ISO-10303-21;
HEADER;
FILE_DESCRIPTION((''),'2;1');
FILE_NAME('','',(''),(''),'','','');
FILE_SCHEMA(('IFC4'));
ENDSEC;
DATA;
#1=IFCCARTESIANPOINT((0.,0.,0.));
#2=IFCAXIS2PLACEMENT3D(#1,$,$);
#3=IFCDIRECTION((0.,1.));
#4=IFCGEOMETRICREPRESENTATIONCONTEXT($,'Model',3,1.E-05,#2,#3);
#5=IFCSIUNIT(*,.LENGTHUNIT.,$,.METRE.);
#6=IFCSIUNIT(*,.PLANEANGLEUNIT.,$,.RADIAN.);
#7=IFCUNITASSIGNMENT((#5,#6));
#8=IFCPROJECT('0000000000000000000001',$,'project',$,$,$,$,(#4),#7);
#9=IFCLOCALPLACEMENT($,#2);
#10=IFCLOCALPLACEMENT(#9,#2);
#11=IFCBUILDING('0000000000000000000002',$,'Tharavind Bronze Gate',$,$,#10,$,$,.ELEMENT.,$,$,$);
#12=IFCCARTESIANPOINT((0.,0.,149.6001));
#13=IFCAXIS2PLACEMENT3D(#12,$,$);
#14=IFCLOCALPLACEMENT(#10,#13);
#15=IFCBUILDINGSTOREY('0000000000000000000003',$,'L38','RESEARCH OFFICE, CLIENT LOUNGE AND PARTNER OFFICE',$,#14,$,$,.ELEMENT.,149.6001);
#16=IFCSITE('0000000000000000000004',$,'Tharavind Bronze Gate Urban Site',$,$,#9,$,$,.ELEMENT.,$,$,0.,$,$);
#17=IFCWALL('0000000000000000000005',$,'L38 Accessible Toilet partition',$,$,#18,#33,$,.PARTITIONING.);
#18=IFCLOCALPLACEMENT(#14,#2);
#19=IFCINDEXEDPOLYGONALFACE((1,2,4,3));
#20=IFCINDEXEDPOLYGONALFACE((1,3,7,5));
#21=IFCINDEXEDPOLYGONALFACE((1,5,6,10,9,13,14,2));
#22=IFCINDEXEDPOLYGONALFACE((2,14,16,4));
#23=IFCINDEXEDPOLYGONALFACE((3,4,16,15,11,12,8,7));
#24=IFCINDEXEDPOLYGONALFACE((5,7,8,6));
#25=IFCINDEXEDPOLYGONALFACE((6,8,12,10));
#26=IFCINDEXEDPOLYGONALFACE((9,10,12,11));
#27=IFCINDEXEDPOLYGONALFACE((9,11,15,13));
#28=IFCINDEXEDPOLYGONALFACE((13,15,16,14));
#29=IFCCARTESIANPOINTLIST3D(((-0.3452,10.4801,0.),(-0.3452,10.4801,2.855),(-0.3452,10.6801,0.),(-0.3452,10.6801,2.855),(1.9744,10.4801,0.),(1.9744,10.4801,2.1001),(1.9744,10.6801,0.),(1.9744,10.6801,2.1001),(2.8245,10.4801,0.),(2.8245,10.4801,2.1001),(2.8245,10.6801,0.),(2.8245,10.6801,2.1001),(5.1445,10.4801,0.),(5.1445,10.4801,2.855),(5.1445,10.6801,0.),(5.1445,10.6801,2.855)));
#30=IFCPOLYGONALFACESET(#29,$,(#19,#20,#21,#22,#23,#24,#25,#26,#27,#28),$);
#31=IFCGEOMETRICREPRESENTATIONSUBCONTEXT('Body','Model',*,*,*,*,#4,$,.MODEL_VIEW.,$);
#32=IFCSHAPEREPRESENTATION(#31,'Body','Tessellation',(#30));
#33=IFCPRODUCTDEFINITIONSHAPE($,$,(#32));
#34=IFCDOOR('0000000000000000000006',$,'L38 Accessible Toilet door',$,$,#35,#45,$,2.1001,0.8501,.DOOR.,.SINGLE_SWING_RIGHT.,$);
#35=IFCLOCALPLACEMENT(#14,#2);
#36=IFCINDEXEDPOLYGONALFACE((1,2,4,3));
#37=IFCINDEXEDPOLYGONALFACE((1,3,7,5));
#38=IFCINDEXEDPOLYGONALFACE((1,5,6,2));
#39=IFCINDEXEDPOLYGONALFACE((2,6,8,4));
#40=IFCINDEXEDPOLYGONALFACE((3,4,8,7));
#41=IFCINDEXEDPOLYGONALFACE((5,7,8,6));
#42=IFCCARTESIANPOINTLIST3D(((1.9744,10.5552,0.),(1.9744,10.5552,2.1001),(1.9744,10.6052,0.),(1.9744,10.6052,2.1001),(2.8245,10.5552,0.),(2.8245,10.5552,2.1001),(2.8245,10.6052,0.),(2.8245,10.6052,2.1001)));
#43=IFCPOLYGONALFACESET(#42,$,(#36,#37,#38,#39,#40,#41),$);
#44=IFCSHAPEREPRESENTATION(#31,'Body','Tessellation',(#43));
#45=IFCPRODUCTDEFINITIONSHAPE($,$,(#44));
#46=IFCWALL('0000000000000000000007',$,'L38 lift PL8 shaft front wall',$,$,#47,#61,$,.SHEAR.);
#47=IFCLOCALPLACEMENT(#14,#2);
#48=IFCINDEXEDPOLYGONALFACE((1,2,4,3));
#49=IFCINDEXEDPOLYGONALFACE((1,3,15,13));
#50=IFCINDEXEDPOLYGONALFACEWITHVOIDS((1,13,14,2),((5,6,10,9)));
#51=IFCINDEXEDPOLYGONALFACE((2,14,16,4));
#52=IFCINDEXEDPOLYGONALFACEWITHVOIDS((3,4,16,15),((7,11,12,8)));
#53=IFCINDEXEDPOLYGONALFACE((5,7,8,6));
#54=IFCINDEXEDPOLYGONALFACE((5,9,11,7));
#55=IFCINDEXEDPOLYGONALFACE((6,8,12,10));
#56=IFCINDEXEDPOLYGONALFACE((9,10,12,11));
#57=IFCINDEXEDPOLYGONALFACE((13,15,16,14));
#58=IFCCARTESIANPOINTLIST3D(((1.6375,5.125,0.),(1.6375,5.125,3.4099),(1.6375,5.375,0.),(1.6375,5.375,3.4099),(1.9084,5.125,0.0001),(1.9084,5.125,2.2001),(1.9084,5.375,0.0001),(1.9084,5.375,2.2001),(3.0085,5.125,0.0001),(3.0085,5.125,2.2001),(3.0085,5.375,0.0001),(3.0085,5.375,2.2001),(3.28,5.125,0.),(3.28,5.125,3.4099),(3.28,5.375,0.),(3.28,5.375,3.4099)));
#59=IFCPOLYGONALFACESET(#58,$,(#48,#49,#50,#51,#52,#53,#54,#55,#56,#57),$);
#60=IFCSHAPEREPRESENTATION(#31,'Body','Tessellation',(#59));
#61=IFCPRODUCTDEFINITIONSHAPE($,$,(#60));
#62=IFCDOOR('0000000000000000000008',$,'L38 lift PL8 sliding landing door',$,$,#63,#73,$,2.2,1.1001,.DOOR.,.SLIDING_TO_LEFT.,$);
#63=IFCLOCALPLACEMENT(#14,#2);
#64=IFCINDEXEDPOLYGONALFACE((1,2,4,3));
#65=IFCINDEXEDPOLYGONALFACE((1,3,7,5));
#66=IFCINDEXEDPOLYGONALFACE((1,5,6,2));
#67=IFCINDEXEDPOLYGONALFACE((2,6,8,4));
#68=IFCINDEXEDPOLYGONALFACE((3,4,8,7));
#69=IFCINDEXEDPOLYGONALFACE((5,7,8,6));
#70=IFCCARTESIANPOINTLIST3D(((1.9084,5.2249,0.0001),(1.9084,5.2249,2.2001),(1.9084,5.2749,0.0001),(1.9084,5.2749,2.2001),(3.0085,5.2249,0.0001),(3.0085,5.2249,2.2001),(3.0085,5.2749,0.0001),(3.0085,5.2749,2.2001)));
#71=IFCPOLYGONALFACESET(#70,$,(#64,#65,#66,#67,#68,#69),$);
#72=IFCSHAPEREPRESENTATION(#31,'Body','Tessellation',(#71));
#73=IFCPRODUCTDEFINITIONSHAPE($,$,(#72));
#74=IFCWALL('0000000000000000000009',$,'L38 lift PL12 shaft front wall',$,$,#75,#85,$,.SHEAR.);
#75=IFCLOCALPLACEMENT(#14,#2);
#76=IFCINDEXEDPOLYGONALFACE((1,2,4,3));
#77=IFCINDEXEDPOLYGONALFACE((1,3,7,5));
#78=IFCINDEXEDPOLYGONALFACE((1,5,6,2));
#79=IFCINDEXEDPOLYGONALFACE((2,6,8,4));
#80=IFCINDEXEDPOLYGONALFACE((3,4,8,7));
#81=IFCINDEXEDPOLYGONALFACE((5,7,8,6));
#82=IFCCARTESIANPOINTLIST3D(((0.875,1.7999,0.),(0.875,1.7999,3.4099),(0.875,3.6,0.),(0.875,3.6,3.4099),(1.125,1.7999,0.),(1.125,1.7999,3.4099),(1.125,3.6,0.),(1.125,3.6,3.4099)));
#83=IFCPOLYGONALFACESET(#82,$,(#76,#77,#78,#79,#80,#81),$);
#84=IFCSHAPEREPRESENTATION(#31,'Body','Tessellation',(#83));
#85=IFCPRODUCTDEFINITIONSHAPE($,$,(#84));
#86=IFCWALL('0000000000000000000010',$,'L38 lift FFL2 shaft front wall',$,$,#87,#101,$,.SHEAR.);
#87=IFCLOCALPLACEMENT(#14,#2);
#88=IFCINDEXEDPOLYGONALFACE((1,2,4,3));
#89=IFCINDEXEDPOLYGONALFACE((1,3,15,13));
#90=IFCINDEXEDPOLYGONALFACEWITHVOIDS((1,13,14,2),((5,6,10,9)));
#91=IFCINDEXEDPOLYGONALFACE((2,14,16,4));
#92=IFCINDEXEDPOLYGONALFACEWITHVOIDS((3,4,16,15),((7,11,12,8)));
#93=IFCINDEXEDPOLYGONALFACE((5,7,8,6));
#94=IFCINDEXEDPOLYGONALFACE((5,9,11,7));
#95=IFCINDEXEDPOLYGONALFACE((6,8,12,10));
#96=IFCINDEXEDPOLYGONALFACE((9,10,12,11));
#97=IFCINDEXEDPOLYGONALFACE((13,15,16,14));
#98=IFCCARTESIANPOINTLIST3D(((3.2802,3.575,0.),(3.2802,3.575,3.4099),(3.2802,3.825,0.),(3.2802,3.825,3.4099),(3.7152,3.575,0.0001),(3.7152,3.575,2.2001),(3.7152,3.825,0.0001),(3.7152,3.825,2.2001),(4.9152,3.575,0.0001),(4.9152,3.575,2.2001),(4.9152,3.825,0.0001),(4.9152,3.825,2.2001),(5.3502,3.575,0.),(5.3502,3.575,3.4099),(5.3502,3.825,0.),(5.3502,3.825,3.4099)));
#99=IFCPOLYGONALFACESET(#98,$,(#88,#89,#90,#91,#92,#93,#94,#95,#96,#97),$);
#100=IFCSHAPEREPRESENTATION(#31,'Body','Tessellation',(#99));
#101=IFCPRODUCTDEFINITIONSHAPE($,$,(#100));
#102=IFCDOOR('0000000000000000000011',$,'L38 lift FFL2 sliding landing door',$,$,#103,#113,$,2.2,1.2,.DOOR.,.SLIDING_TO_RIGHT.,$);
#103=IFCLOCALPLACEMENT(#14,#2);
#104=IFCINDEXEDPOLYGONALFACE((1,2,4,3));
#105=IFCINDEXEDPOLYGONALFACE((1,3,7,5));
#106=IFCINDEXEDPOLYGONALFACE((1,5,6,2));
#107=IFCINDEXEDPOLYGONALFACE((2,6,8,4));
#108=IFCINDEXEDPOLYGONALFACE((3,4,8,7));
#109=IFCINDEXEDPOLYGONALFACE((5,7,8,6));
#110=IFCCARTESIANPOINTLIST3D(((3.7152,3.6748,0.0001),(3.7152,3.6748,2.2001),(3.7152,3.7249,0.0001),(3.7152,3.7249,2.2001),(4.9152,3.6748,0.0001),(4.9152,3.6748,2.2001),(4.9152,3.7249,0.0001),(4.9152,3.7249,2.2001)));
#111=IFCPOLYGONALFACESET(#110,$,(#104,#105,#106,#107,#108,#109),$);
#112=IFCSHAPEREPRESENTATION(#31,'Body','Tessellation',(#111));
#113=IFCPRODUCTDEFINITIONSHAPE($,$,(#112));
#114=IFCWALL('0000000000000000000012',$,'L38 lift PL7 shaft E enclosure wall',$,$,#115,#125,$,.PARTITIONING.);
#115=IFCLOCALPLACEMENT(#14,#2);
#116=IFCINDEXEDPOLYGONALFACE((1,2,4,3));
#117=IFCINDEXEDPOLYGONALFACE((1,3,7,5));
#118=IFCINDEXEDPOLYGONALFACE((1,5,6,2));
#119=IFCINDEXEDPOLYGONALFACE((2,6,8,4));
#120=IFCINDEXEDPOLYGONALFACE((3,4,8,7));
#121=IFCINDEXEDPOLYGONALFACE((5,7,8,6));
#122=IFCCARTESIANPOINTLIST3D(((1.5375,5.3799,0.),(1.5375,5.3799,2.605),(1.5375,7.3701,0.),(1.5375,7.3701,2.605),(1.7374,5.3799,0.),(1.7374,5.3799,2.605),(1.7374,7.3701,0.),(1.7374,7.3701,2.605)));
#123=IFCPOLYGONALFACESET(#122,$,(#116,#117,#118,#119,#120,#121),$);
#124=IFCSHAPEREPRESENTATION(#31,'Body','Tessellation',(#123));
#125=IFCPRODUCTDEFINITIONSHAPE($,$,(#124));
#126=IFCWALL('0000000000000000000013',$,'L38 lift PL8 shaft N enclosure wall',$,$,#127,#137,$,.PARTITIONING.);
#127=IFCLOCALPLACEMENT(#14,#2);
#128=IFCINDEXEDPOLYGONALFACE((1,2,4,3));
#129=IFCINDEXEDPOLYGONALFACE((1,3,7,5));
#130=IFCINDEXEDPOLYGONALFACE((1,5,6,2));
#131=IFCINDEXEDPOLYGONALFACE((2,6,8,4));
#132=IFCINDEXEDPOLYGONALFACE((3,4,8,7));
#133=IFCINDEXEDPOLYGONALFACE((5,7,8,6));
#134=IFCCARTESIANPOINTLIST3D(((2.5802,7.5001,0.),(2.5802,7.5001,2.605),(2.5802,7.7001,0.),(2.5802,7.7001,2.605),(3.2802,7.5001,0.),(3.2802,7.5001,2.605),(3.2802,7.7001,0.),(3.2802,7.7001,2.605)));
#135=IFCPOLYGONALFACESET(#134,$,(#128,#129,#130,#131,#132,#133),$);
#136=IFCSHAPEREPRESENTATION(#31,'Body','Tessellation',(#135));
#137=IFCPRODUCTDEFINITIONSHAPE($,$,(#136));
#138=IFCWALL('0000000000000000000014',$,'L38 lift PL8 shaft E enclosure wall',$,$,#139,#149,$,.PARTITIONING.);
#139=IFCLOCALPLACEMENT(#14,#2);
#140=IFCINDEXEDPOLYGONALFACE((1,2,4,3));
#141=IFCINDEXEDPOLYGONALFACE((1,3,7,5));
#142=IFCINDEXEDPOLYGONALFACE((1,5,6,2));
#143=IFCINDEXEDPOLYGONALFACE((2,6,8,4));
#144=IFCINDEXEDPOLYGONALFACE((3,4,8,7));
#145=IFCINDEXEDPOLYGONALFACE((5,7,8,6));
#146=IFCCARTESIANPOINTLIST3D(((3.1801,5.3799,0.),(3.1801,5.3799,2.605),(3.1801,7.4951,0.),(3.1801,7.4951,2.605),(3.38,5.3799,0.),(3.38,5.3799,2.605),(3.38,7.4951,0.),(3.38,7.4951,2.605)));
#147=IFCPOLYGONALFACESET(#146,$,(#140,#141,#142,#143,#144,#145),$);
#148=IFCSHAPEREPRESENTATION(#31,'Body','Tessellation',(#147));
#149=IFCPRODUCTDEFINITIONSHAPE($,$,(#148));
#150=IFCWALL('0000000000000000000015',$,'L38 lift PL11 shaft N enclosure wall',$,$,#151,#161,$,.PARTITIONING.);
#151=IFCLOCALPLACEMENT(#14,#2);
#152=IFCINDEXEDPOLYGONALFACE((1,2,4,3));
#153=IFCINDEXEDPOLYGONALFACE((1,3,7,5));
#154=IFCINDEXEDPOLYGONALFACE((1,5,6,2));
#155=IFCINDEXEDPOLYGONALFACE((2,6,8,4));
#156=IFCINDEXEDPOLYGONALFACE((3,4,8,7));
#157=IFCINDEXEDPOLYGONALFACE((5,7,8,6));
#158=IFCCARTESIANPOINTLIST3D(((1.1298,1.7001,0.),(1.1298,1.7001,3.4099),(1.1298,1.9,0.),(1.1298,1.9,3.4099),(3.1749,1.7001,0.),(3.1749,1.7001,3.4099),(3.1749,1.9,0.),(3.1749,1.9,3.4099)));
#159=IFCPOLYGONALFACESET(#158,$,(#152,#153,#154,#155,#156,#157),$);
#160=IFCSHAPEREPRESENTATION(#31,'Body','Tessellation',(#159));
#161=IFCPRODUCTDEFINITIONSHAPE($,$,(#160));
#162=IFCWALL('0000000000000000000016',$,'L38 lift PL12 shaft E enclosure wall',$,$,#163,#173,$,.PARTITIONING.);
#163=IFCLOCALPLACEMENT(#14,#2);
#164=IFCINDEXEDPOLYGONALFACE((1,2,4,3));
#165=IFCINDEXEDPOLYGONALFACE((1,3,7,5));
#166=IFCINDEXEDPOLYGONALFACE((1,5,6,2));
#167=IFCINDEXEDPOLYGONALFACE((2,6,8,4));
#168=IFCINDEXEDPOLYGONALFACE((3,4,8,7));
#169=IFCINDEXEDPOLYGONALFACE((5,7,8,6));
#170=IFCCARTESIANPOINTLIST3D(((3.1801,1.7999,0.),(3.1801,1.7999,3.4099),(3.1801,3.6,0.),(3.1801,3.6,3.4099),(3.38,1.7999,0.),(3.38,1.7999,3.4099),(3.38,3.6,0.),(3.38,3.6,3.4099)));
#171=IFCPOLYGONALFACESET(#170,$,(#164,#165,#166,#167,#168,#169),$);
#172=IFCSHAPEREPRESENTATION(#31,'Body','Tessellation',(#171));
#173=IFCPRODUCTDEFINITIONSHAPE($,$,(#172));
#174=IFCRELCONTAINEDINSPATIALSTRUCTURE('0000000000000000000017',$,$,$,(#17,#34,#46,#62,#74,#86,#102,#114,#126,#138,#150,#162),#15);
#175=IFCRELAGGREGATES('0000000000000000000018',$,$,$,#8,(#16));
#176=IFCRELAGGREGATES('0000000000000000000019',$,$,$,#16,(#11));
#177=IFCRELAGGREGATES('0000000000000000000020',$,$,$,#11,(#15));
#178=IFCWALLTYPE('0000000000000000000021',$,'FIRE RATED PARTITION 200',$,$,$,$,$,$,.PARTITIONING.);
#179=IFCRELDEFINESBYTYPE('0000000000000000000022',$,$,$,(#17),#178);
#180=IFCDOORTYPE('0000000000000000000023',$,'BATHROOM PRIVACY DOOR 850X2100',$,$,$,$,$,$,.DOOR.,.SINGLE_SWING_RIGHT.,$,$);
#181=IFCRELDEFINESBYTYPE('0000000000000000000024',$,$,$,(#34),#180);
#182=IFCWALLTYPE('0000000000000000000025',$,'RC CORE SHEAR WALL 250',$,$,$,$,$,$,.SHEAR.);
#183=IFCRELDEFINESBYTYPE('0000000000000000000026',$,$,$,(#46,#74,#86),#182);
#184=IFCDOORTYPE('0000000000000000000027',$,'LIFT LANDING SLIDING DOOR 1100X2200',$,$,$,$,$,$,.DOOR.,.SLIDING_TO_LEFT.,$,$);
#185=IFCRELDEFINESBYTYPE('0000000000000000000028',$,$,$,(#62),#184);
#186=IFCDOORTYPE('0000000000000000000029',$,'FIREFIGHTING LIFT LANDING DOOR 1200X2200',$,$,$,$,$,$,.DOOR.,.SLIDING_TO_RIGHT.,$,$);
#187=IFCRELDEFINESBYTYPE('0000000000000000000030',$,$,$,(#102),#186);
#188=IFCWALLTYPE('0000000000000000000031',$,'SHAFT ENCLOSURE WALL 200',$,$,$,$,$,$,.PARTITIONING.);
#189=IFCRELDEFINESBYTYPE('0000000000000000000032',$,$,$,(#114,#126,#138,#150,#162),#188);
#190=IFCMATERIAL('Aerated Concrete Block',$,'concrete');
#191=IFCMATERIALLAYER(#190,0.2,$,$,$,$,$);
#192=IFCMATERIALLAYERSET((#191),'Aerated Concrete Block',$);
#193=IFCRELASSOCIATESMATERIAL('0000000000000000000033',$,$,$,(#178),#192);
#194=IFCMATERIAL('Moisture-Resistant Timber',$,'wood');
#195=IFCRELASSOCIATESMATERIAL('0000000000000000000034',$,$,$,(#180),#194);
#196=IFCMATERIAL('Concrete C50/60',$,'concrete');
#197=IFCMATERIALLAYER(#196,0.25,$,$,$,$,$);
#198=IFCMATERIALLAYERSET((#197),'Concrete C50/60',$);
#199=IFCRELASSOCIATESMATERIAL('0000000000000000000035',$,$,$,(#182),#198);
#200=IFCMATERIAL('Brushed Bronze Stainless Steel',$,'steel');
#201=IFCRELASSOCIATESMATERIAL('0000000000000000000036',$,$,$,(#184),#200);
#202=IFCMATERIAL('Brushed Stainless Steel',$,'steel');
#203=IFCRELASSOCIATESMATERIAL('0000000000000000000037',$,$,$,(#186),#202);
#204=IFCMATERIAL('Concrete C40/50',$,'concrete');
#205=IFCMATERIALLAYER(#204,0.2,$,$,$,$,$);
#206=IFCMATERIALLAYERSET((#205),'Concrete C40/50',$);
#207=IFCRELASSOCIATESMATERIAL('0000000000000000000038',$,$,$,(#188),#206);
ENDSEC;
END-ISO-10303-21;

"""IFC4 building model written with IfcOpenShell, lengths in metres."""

from ifc_helpers import new_model, si_unit, direction, frame, frame_2d, origin, place, context, subcontext, project, spatial, rectangle, extrude, material, layer, layer_set, type_object, element, fill, save


model = new_model("IFC4")

# Units and contexts
model_context = context("Model", 3, precision=1e-05, world=origin(), true_north=direction((0.0, 1.0)))
body_context = subcontext(model_context, "Body", "Model", "MODEL_VIEW")
ifc_project = project(units=[si_unit("LENGTHUNIT", "METRE"), si_unit("PLANEANGLEUNIT", "RADIAN")], contexts=[model_context])

# Site, building, storey
site_placement = place(None, origin())
site = spatial("IfcSite", under=ifc_project, at=site_placement, Name="Tharavind Bronze Gate Urban Site", CompositionType="ELEMENT", RefElevation=0.0)
building_placement = place(site_placement, origin())
building = spatial("IfcBuilding", under=site, at=building_placement, Name="Tharavind Bronze Gate", CompositionType="ELEMENT")
storey_placement = place(building_placement, frame((0.0, 0.0, 149.6001)))
storey = spatial("IfcBuildingStorey", under=building, at=storey_placement, Name="L38", Description="RESEARCH OFFICE, CLIENT LOUNGE AND PARTNER OFFICE", CompositionType="ELEMENT", Elevation=149.6001)

# Walls, openings, doors
ifc_material_1 = material(Name="Aerated Concrete Block", Category="concrete")
ifc_layer_1 = layer(ifc_material_1, 0.2)
ifc_layer_set_1 = layer_set([ifc_layer_1], Name="Aerated Concrete Block")
wall_type_1 = type_object("IfcWallType", Name="FIRE RATED PARTITION 200", PredefinedType="PARTITIONING", material=ifc_layer_set_1)
wall_1_placement = place(storey_placement, frame((5.1445, 10.5801, 0.0), z_axis=(0.0, 0.0, 1.0), x_axis=(-1.0, 0.0, 0.0)))
wall_1 = element("IfcWall", 1, at=wall_1_placement, inside=storey, type_object=wall_type_1, Name="L38 Accessible Toilet partition", PredefinedType="PARTITIONING", context=body_context, shape_type="SweptSolid", body=[
    extrude(rectangle(XDim=5.4897, YDim=0.2, at=frame_2d((2.7449, 0.0))), origin(), (0.0, 0.0, 1.0), 2.855),
])
opening_1_placement = place(wall_1_placement, frame((2.3201, 0.0, 0.0)))
opening_1 = element("IfcOpeningElement", 2, at=opening_1_placement, cuts=wall_1, PredefinedType="OPENING", context=body_context, shape_type="SweptSolid", body=[
    extrude(rectangle(XDim=0.8501, YDim=2.1001, at=frame_2d((0.425, 1.05))), frame((0.0, 0.1101, 0.0), z_axis=(0.0, -1.0, 0.0), x_axis=(1.0, 0.0, 0.0)), (0.0, 0.0, 1.0), 0.22),
])
ifc_material_2 = material(Name="Moisture-Resistant Timber", Category="wood")
door_type_1 = type_object("IfcDoorType", Name="BATHROOM PRIVACY DOOR 850X2100", OperationType="SINGLE_SWING_RIGHT", PredefinedType="DOOR", material=ifc_material_2)
door_1_placement = place(opening_1_placement, origin())
door_1 = element("IfcDoor", 3, at=door_1_placement, inside=storey, type_object=door_type_1, Name="L38 Accessible Toilet door", OperationType="SINGLE_SWING_RIGHT", OverallHeight=2.1001, OverallWidth=0.8501, PredefinedType="DOOR", context=body_context, shape_type="SweptSolid", body=[
    extrude(rectangle(XDim=0.8501, YDim=2.1001, at=frame_2d((0.425, 1.05))), frame((0.0, 0.0249, 0.0), z_axis=(0.0, -1.0, 0.0), x_axis=(1.0, 0.0, 0.0)), (0.0, 0.0, 1.0), 0.05),
])
fill(opening_1, door_1)
ifc_material_3 = material(Name="Concrete C50/60", Category="concrete")
ifc_layer_2 = layer(ifc_material_3, 0.25)
ifc_layer_set_2 = layer_set([ifc_layer_2], Name="Concrete C50/60")
wall_type_2 = type_object("IfcWallType", Name="RC CORE SHEAR WALL 250", PredefinedType="SHEAR", material=ifc_layer_set_2)
wall_2_placement = place(storey_placement, frame((1.6375, 5.25, 0.0), z_axis=(0.0, 0.0, 1.0), x_axis=(1.0, 0.0, 0.0)))
wall_2 = element("IfcWall", 4, at=wall_2_placement, inside=storey, type_object=wall_type_2, Name="L38 lift PL8 shaft front wall", PredefinedType="SHEAR", context=body_context, shape_type="SweptSolid", body=[
    extrude(rectangle(XDim=1.6426, YDim=0.25, at=frame_2d((0.8213, 0.0))), origin(), (0.0, 0.0, 1.0), 3.4099),
])
opening_2_placement = place(wall_2_placement, frame((0.271, 0.0, 0.0)))
opening_2 = element("IfcOpeningElement", 5, at=opening_2_placement, cuts=wall_2, PredefinedType="OPENING", context=body_context, shape_type="SweptSolid", body=[
    extrude(rectangle(XDim=1.1001, YDim=2.2, at=frame_2d((0.55, 1.1001))), frame((0.0, 0.135, 0.0), z_axis=(0.0, -1.0, 0.0), x_axis=(1.0, 0.0, 0.0)), (0.0, 0.0, 1.0), 0.27),
])
ifc_material_4 = material(Name="Brushed Bronze Stainless Steel", Category="steel")
door_type_2 = type_object("IfcDoorType", Name="LIFT LANDING SLIDING DOOR 1100X2200", OperationType="SLIDING_TO_LEFT", PredefinedType="DOOR", material=ifc_material_4)
door_2_placement = place(opening_2_placement, origin())
door_2 = element("IfcDoor", 6, at=door_2_placement, inside=storey, type_object=door_type_2, Name="L38 lift PL8 sliding landing door", OperationType="SLIDING_TO_LEFT", OverallHeight=2.2, OverallWidth=1.1001, PredefinedType="DOOR", context=body_context, shape_type="SweptSolid", body=[
    extrude(rectangle(XDim=1.1001, YDim=2.2, at=frame_2d((0.55, 1.1001))), frame((0.0, 0.0249, 0.0), z_axis=(0.0, -1.0, 0.0), x_axis=(1.0, 0.0, 0.0)), (0.0, 0.0, 1.0), 0.05),
])
fill(opening_2, door_2)

# Wall
wall_3_placement = place(storey_placement, frame((1.0, 1.8, 0.0), z_axis=(0.0, 0.0, 1.0), x_axis=(0.0, 1.0, 0.0)))
element("IfcWall", 7, at=wall_3_placement, inside=storey, type_object=wall_type_2, Name="L38 lift PL12 shaft front wall", PredefinedType="SHEAR", context=body_context, shape_type="SweptSolid", body=[
    extrude(rectangle(XDim=1.8, YDim=0.25, at=frame_2d((0.8999, 0.0))), origin(), (0.0, 0.0, 1.0), 3.4099),
])

# Wall, opening, door
wall_4_placement = place(storey_placement, frame((3.28, 3.7, 0.0), z_axis=(0.0, 0.0, 1.0), x_axis=(1.0, 0.0, 0.0)))
wall_4 = element("IfcWall", 8, at=wall_4_placement, inside=storey, type_object=wall_type_2, Name="L38 lift FFL2 shaft front wall", PredefinedType="SHEAR", context=body_context, shape_type="SweptSolid", body=[
    extrude(rectangle(XDim=2.0701, YDim=0.25, at=frame_2d((1.0352, 0.0))), origin(), (0.0, 0.0, 1.0), 3.4099),
])
opening_3_placement = place(wall_4_placement, frame((0.4351, 0.0, 0.0)))
opening_3 = element("IfcOpeningElement", 9, at=opening_3_placement, cuts=wall_4, PredefinedType="OPENING", context=body_context, shape_type="SweptSolid", body=[
    extrude(rectangle(XDim=1.2, YDim=2.2, at=frame_2d((0.6001, 1.1001))), frame((0.0, 0.135, 0.0), z_axis=(0.0, -1.0, 0.0), x_axis=(1.0, 0.0, 0.0)), (0.0, 0.0, 1.0), 0.27),
])
ifc_material_5 = material(Name="Brushed Stainless Steel", Category="steel")
door_type_3 = type_object("IfcDoorType", Name="FIREFIGHTING LIFT LANDING DOOR 1200X2200", OperationType="SLIDING_TO_RIGHT", PredefinedType="DOOR", material=ifc_material_5)
door_3_placement = place(opening_3_placement, origin())
door_3 = element("IfcDoor", 10, at=door_3_placement, inside=storey, type_object=door_type_3, Name="L38 lift FFL2 sliding landing door", OperationType="SLIDING_TO_RIGHT", OverallHeight=2.2, OverallWidth=1.2, PredefinedType="DOOR", context=body_context, shape_type="SweptSolid", body=[
    extrude(rectangle(XDim=1.2, YDim=2.2, at=frame_2d((0.6001, 1.1001))), frame((0.0, 0.0249, 0.0), z_axis=(0.0, -1.0, 0.0), x_axis=(1.0, 0.0, 0.0)), (0.0, 0.0, 1.0), 0.05),
])
fill(opening_3, door_3)

# Walls
ifc_material_6 = material(Name="Concrete C40/50", Category="concrete")
ifc_layer_3 = layer(ifc_material_6, 0.2)
ifc_layer_set_3 = layer_set([ifc_layer_3], Name="Concrete C40/50")
wall_type_3 = type_object("IfcWallType", Name="SHAFT ENCLOSURE WALL 200", PredefinedType="PARTITIONING", material=ifc_layer_set_3)
wall_5_placement = place(storey_placement, frame((1.6375, 5.3799, 0.0), z_axis=(0.0, 0.0, 1.0), x_axis=(0.0, 1.0, 0.0)))
element("IfcWall", 11, at=wall_5_placement, inside=storey, type_object=wall_type_3, Name="L38 lift PL7 shaft E enclosure wall", PredefinedType="PARTITIONING", context=body_context, shape_type="SweptSolid", body=[
    extrude(rectangle(XDim=1.9902, YDim=0.2, at=frame_2d((0.9951, 0.0))), origin(), (0.0, 0.0, 1.0), 2.605),
])
wall_6_placement = place(storey_placement, frame((2.5801, 7.6001, 0.0), z_axis=(0.0, 0.0, 1.0), x_axis=(1.0, 0.0, 0.0)))
element("IfcWall", 12, at=wall_6_placement, inside=storey, type_object=wall_type_3, Name="L38 lift PL8 shaft N enclosure wall", PredefinedType="PARTITIONING", context=body_context, shape_type="SweptSolid", body=[
    extrude(rectangle(XDim=0.7, YDim=0.2, at=frame_2d((0.3501, 0.0))), origin(), (0.0, 0.0, 1.0), 2.605),
])
wall_7_placement = place(storey_placement, frame((3.28, 5.3799, 0.0), z_axis=(0.0, 0.0, 1.0), x_axis=(0.0, 1.0, 0.0)))
element("IfcWall", 13, at=wall_7_placement, inside=storey, type_object=wall_type_3, Name="L38 lift PL8 shaft E enclosure wall", PredefinedType="PARTITIONING", context=body_context, shape_type="SweptSolid", body=[
    extrude(rectangle(XDim=2.1152, YDim=0.2, at=frame_2d((1.0576, 0.0))), origin(), (0.0, 0.0, 1.0), 2.605),
])
wall_8_placement = place(storey_placement, frame((1.1299, 1.8, 0.0), z_axis=(0.0, 0.0, 1.0), x_axis=(1.0, 0.0, 0.0)))
element("IfcWall", 14, at=wall_8_placement, inside=storey, type_object=wall_type_3, Name="L38 lift PL11 shaft N enclosure wall", PredefinedType="PARTITIONING", context=body_context, shape_type="SweptSolid", body=[
    extrude(rectangle(XDim=2.0452, YDim=0.2, at=frame_2d((1.0225, 0.0))), origin(), (0.0, 0.0, 1.0), 3.4099),
])
wall_9_placement = place(storey_placement, frame((3.28, 1.8, 0.0), z_axis=(0.0, 0.0, 1.0), x_axis=(0.0, 1.0, 0.0)))
element("IfcWall", 15, at=wall_9_placement, inside=storey, type_object=wall_type_3, Name="L38 lift PL12 shaft E enclosure wall", PredefinedType="PARTITIONING", context=body_context, shape_type="SweptSolid", body=[
    extrude(rectangle(XDim=1.8, YDim=0.2, at=frame_2d((0.8999, 0.0))), origin(), (0.0, 0.0, 1.0), 3.4099),
])

save(model, "model.ifc")
